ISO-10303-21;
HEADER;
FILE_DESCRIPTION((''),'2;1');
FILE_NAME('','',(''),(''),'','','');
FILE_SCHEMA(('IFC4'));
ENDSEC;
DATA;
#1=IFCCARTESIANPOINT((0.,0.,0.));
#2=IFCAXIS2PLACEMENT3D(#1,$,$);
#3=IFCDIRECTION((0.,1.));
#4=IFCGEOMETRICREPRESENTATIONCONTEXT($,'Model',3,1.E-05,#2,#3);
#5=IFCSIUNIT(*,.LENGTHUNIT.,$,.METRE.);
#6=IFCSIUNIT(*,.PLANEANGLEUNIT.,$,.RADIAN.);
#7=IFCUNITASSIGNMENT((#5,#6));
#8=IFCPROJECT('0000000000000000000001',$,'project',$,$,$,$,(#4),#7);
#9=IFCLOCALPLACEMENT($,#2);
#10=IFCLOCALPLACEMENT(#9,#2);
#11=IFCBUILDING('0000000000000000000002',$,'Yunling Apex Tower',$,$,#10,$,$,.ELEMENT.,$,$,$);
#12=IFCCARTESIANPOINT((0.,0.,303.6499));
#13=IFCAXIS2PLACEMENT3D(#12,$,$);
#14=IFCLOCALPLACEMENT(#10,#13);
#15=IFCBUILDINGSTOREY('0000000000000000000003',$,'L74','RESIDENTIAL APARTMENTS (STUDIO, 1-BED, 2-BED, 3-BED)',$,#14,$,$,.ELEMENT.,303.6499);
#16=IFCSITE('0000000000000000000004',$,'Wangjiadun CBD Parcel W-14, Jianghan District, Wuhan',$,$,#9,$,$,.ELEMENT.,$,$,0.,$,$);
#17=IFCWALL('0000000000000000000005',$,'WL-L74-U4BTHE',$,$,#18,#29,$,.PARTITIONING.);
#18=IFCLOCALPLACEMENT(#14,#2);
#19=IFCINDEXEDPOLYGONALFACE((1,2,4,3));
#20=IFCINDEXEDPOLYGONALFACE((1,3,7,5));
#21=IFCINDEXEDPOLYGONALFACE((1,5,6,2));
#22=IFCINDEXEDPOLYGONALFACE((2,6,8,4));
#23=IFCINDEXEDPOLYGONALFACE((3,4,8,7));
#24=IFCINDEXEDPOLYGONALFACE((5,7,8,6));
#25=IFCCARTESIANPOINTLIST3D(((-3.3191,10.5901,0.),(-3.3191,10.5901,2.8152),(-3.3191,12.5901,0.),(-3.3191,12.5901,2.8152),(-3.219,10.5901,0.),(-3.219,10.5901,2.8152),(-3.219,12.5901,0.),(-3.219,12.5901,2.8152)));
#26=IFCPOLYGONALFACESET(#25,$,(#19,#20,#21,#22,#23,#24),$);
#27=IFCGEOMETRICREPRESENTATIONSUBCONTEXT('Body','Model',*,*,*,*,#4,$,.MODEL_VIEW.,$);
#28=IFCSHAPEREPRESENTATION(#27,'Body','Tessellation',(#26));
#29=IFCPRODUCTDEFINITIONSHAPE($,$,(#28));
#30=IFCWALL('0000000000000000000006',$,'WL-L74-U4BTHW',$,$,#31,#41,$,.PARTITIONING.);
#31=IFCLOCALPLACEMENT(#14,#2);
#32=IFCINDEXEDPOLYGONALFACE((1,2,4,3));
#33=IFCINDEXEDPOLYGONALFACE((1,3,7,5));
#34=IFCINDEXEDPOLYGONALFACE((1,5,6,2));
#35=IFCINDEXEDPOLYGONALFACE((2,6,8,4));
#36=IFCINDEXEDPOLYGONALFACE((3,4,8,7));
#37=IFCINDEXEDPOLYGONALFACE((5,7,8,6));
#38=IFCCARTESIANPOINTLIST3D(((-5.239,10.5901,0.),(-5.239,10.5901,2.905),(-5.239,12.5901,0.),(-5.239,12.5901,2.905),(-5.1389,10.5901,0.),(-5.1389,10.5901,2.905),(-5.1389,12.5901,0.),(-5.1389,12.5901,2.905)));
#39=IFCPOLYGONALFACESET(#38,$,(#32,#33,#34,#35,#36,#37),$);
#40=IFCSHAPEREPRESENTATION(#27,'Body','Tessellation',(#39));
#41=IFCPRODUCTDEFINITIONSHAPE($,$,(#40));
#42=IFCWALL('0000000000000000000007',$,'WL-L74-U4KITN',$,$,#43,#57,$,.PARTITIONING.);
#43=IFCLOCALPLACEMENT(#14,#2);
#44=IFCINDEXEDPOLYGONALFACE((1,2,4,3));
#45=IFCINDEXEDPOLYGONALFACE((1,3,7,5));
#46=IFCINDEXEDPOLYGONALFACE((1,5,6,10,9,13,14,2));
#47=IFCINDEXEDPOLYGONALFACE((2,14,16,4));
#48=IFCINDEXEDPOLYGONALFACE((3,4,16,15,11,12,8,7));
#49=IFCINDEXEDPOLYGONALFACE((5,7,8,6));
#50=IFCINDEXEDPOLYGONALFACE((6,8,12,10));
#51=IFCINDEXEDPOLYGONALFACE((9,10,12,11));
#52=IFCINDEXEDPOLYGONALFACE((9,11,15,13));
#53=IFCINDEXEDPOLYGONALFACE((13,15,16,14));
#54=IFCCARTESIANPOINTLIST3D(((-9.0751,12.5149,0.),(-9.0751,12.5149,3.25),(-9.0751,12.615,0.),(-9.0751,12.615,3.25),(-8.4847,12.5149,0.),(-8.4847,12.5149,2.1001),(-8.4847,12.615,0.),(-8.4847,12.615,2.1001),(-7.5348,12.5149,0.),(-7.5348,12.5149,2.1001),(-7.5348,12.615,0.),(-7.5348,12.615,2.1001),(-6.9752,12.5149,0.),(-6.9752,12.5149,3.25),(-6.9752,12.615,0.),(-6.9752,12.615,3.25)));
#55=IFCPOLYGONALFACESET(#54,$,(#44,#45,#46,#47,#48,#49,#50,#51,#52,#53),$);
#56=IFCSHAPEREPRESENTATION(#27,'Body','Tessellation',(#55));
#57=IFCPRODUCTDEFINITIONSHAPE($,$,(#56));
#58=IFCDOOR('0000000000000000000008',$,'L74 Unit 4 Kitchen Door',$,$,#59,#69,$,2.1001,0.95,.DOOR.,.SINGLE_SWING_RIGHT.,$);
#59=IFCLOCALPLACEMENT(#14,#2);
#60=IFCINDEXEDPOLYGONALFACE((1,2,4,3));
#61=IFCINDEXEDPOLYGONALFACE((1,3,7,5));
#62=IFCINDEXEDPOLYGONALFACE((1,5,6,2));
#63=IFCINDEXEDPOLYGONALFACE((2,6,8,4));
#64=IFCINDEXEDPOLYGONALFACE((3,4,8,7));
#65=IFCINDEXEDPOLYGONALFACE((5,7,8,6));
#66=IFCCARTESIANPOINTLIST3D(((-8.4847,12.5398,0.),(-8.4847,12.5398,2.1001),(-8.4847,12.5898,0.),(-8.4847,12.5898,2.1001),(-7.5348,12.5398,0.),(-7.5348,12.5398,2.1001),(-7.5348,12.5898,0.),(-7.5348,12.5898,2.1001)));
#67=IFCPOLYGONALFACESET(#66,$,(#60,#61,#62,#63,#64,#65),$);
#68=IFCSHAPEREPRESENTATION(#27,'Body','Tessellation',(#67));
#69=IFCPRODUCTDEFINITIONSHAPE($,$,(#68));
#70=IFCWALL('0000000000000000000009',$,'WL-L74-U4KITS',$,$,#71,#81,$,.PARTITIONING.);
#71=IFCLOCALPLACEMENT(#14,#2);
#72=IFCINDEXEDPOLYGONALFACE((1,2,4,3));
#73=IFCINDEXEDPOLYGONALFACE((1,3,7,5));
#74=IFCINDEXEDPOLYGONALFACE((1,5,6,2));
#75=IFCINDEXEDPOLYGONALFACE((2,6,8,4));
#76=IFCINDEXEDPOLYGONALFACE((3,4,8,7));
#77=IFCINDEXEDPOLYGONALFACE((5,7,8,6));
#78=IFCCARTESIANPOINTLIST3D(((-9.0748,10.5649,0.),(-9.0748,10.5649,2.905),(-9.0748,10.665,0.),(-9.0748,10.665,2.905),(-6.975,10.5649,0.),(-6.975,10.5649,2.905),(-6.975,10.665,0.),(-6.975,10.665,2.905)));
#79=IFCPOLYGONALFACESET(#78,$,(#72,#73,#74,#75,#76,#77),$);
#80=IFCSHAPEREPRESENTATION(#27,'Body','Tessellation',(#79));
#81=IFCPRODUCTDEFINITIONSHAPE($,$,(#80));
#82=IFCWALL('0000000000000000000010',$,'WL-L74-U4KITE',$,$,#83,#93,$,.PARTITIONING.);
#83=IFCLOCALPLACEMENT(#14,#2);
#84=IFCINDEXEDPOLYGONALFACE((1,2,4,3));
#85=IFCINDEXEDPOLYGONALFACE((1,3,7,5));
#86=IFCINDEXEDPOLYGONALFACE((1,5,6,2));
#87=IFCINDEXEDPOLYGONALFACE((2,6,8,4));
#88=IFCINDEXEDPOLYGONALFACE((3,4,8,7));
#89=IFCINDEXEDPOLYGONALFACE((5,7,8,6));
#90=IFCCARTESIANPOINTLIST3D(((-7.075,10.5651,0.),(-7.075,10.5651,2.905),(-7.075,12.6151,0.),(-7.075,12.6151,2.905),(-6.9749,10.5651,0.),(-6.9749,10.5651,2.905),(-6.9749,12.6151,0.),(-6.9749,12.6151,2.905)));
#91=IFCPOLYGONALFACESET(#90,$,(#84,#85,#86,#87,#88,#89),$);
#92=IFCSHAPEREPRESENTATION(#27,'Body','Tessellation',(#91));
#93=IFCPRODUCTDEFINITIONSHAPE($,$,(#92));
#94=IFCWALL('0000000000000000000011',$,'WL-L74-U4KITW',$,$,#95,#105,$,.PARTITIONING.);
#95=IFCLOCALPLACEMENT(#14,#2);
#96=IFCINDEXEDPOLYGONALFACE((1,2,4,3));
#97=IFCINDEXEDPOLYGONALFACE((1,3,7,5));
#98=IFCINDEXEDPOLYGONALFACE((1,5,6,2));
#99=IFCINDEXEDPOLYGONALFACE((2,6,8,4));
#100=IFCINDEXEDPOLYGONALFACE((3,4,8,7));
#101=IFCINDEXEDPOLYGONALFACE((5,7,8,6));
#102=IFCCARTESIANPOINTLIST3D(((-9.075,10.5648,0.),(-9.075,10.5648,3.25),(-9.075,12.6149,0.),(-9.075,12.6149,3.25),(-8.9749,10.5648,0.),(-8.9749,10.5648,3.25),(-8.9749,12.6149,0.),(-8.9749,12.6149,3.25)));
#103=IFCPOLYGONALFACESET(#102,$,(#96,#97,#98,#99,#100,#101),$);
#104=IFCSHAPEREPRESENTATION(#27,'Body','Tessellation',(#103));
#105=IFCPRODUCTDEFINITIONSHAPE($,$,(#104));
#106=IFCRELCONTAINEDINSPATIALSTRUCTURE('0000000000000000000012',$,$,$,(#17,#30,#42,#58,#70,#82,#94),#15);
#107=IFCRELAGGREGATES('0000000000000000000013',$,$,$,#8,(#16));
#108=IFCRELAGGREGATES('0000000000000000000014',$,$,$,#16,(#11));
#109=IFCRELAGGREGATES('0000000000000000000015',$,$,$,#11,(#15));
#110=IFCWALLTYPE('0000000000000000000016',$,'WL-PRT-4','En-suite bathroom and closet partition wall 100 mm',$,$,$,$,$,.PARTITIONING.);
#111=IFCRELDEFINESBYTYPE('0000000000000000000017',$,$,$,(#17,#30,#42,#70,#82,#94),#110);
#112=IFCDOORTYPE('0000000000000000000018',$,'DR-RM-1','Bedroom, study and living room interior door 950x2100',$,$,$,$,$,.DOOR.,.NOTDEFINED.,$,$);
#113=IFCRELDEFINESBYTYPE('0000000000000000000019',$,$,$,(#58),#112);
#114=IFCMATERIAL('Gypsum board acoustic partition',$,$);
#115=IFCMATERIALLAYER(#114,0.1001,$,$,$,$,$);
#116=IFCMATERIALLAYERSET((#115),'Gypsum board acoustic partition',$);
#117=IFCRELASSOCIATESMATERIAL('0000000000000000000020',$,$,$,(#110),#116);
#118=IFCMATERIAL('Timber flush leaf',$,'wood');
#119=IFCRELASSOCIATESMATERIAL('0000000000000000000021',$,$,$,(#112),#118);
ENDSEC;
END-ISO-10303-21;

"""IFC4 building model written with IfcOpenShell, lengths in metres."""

from ifc_helpers import new_model, si_unit, direction, frame, frame_2d, origin, place, context, subcontext, project, spatial, rectangle, extrude, material, layer, layer_set, type_object, element, fill, save


model = new_model("IFC4")

# Units and contexts
model_context = context("Model", 3, precision=1e-05, world=origin(), true_north=direction((0.0, 1.0)))
body_context = subcontext(model_context, "Body", "Model", "MODEL_VIEW")
ifc_project = project(units=[si_unit("LENGTHUNIT", "METRE"), si_unit("PLANEANGLEUNIT", "RADIAN")], contexts=[model_context])

# Site, building, storey
site_placement = place(None, origin())
site = spatial("IfcSite", under=ifc_project, at=site_placement, Name="Wangjiadun CBD Parcel W-14, Jianghan District, Wuhan", CompositionType="ELEMENT", RefElevation=0.0)
building_placement = place(site_placement, origin())
building = spatial("IfcBuilding", under=site, at=building_placement, Name="Yunling Apex Tower", CompositionType="ELEMENT")
storey_placement = place(building_placement, frame((0.0, 0.0, 303.6499)))
storey = spatial("IfcBuildingStorey", under=building, at=storey_placement, Name="L74", Description="RESIDENTIAL APARTMENTS (STUDIO, 1-BED, 2-BED, 3-BED)", CompositionType="ELEMENT", Elevation=303.6499)

# Walls
ifc_material_1 = material(Name="Gypsum board acoustic partition")
ifc_layer_1 = layer(ifc_material_1, 0.1001)
ifc_layer_set_1 = layer_set([ifc_layer_1], Name="Gypsum board acoustic partition")
wall_type_1 = type_object("IfcWallType", Name="WL-PRT-4", Description="En-suite bathroom and closet partition wall 100 mm", PredefinedType="PARTITIONING", material=ifc_layer_set_1)
wall_1_placement = place(storey_placement, frame((-3.269, 12.5901, 0.0), z_axis=(0.0, 0.0, 1.0), x_axis=(0.0, -1.0, 0.0)))
element("IfcWall", 1, at=wall_1_placement, inside=storey, type_object=wall_type_1, Name="WL-L74-U4BTHE", PredefinedType="PARTITIONING", context=body_context, shape_type="SweptSolid", body=[
    extrude(rectangle(XDim=2.0, YDim=0.1001, at=frame_2d((1.0, 0.0))), origin(), (0.0, 0.0, 1.0), 2.8152),
])
wall_2_placement = place(storey_placement, frame((-5.189, 10.5901, 0.0), z_axis=(0.0, 0.0, 1.0), x_axis=(0.0, 1.0, 0.0)))
element("IfcWall", 2, at=wall_2_placement, inside=storey, type_object=wall_type_1, Name="WL-L74-U4BTHW", PredefinedType="PARTITIONING", context=body_context, shape_type="SweptSolid", body=[
    extrude(rectangle(XDim=2.0, YDim=0.1001, at=frame_2d((1.0, 0.0))), origin(), (0.0, 0.0, 1.0), 2.905),
])

# Wall, opening, door
wall_3_placement = place(storey_placement, frame((-9.075, 12.5649, 0.0), z_axis=(0.0, 0.0, 1.0), x_axis=(1.0, 0.0, 0.0)))
wall_3 = element("IfcWall", 3, at=wall_3_placement, inside=storey, type_object=wall_type_1, Name="WL-L74-U4KITN", PredefinedType="PARTITIONING", context=body_context, shape_type="SweptSolid", body=[
    extrude(rectangle(XDim=2.0999, YDim=0.1001, at=frame_2d((1.0498, 0.0))), origin(), (0.0, 0.0, 1.0), 3.25),
])
opening_placement = place(wall_3_placement, frame((0.5901, 0.0, 0.0)))
opening = element("IfcOpeningElement", 4, at=opening_placement, cuts=wall_3, PredefinedType="OPENING", context=body_context, shape_type="SweptSolid", body=[
    extrude(rectangle(XDim=0.95, YDim=2.1001, at=frame_2d((0.4751, 1.05))), frame((0.0, 0.0601, 0.0), z_axis=(0.0, -1.0, 0.0), x_axis=(1.0, 0.0, 0.0)), (0.0, 0.0, 1.0), 0.1201),
])
ifc_material_2 = material(Name="Timber flush leaf", Category="wood")
door_type = type_object("IfcDoorType", Name="DR-RM-1", Description="Bedroom, study and living room interior door 950x2100", OperationType="NOTDEFINED", PredefinedType="DOOR", material=ifc_material_2)
door_placement = place(opening_placement, origin())
door = element("IfcDoor", 5, at=door_placement, inside=storey, type_object=door_type, Name="L74 Unit 4 Kitchen Door", OperationType="SINGLE_SWING_RIGHT", OverallHeight=2.1001, OverallWidth=0.95, PredefinedType="DOOR", context=body_context, shape_type="SweptSolid", body=[
    extrude(rectangle(XDim=0.95, YDim=2.1001, at=frame_2d((0.4751, 1.05))), frame((0.0, 0.0249, 0.0), z_axis=(0.0, -1.0, 0.0), x_axis=(1.0, 0.0, 0.0)), (0.0, 0.0, 1.0), 0.05),
])
fill(opening, door)

# Walls
wall_4_placement = place(storey_placement, frame((-6.9751, 10.615, 0.0), z_axis=(0.0, 0.0, 1.0), x_axis=(-1.0, 0.0, 0.0)))
element("IfcWall", 6, at=wall_4_placement, inside=storey, type_object=wall_type_1, Name="WL-L74-U4KITS", PredefinedType="PARTITIONING", context=body_context, shape_type="SweptSolid", body=[
    extrude(rectangle(XDim=2.0999, YDim=0.1001, at=frame_2d((1.0498, 0.0))), origin(), (0.0, 0.0, 1.0), 2.905),
])
wall_5_placement = place(storey_placement, frame((-7.0249, 12.615, 0.0), z_axis=(0.0, 0.0, 1.0), x_axis=(0.0, -1.0, 0.0)))
element("IfcWall", 7, at=wall_5_placement, inside=storey, type_object=wall_type_1, Name="WL-L74-U4KITE", PredefinedType="PARTITIONING", context=body_context, shape_type="SweptSolid", body=[
    extrude(rectangle(XDim=2.05, YDim=0.1001, at=frame_2d((1.0249, 0.0))), origin(), (0.0, 0.0, 1.0), 2.905),
])
wall_6_placement = place(storey_placement, frame((-9.0249, 10.5649, 0.0), z_axis=(0.0, 0.0, 1.0), x_axis=(0.0, 1.0, 0.0)))
element("IfcWall", 8, at=wall_6_placement, inside=storey, type_object=wall_type_1, Name="WL-L74-U4KITW", PredefinedType="PARTITIONING", context=body_context, shape_type="SweptSolid", body=[
    extrude(rectangle(XDim=2.05, YDim=0.1001, at=frame_2d((1.0249, 0.0))), origin(), (0.0, 0.0, 1.0), 3.25),
])

save(model, "model.ifc")
